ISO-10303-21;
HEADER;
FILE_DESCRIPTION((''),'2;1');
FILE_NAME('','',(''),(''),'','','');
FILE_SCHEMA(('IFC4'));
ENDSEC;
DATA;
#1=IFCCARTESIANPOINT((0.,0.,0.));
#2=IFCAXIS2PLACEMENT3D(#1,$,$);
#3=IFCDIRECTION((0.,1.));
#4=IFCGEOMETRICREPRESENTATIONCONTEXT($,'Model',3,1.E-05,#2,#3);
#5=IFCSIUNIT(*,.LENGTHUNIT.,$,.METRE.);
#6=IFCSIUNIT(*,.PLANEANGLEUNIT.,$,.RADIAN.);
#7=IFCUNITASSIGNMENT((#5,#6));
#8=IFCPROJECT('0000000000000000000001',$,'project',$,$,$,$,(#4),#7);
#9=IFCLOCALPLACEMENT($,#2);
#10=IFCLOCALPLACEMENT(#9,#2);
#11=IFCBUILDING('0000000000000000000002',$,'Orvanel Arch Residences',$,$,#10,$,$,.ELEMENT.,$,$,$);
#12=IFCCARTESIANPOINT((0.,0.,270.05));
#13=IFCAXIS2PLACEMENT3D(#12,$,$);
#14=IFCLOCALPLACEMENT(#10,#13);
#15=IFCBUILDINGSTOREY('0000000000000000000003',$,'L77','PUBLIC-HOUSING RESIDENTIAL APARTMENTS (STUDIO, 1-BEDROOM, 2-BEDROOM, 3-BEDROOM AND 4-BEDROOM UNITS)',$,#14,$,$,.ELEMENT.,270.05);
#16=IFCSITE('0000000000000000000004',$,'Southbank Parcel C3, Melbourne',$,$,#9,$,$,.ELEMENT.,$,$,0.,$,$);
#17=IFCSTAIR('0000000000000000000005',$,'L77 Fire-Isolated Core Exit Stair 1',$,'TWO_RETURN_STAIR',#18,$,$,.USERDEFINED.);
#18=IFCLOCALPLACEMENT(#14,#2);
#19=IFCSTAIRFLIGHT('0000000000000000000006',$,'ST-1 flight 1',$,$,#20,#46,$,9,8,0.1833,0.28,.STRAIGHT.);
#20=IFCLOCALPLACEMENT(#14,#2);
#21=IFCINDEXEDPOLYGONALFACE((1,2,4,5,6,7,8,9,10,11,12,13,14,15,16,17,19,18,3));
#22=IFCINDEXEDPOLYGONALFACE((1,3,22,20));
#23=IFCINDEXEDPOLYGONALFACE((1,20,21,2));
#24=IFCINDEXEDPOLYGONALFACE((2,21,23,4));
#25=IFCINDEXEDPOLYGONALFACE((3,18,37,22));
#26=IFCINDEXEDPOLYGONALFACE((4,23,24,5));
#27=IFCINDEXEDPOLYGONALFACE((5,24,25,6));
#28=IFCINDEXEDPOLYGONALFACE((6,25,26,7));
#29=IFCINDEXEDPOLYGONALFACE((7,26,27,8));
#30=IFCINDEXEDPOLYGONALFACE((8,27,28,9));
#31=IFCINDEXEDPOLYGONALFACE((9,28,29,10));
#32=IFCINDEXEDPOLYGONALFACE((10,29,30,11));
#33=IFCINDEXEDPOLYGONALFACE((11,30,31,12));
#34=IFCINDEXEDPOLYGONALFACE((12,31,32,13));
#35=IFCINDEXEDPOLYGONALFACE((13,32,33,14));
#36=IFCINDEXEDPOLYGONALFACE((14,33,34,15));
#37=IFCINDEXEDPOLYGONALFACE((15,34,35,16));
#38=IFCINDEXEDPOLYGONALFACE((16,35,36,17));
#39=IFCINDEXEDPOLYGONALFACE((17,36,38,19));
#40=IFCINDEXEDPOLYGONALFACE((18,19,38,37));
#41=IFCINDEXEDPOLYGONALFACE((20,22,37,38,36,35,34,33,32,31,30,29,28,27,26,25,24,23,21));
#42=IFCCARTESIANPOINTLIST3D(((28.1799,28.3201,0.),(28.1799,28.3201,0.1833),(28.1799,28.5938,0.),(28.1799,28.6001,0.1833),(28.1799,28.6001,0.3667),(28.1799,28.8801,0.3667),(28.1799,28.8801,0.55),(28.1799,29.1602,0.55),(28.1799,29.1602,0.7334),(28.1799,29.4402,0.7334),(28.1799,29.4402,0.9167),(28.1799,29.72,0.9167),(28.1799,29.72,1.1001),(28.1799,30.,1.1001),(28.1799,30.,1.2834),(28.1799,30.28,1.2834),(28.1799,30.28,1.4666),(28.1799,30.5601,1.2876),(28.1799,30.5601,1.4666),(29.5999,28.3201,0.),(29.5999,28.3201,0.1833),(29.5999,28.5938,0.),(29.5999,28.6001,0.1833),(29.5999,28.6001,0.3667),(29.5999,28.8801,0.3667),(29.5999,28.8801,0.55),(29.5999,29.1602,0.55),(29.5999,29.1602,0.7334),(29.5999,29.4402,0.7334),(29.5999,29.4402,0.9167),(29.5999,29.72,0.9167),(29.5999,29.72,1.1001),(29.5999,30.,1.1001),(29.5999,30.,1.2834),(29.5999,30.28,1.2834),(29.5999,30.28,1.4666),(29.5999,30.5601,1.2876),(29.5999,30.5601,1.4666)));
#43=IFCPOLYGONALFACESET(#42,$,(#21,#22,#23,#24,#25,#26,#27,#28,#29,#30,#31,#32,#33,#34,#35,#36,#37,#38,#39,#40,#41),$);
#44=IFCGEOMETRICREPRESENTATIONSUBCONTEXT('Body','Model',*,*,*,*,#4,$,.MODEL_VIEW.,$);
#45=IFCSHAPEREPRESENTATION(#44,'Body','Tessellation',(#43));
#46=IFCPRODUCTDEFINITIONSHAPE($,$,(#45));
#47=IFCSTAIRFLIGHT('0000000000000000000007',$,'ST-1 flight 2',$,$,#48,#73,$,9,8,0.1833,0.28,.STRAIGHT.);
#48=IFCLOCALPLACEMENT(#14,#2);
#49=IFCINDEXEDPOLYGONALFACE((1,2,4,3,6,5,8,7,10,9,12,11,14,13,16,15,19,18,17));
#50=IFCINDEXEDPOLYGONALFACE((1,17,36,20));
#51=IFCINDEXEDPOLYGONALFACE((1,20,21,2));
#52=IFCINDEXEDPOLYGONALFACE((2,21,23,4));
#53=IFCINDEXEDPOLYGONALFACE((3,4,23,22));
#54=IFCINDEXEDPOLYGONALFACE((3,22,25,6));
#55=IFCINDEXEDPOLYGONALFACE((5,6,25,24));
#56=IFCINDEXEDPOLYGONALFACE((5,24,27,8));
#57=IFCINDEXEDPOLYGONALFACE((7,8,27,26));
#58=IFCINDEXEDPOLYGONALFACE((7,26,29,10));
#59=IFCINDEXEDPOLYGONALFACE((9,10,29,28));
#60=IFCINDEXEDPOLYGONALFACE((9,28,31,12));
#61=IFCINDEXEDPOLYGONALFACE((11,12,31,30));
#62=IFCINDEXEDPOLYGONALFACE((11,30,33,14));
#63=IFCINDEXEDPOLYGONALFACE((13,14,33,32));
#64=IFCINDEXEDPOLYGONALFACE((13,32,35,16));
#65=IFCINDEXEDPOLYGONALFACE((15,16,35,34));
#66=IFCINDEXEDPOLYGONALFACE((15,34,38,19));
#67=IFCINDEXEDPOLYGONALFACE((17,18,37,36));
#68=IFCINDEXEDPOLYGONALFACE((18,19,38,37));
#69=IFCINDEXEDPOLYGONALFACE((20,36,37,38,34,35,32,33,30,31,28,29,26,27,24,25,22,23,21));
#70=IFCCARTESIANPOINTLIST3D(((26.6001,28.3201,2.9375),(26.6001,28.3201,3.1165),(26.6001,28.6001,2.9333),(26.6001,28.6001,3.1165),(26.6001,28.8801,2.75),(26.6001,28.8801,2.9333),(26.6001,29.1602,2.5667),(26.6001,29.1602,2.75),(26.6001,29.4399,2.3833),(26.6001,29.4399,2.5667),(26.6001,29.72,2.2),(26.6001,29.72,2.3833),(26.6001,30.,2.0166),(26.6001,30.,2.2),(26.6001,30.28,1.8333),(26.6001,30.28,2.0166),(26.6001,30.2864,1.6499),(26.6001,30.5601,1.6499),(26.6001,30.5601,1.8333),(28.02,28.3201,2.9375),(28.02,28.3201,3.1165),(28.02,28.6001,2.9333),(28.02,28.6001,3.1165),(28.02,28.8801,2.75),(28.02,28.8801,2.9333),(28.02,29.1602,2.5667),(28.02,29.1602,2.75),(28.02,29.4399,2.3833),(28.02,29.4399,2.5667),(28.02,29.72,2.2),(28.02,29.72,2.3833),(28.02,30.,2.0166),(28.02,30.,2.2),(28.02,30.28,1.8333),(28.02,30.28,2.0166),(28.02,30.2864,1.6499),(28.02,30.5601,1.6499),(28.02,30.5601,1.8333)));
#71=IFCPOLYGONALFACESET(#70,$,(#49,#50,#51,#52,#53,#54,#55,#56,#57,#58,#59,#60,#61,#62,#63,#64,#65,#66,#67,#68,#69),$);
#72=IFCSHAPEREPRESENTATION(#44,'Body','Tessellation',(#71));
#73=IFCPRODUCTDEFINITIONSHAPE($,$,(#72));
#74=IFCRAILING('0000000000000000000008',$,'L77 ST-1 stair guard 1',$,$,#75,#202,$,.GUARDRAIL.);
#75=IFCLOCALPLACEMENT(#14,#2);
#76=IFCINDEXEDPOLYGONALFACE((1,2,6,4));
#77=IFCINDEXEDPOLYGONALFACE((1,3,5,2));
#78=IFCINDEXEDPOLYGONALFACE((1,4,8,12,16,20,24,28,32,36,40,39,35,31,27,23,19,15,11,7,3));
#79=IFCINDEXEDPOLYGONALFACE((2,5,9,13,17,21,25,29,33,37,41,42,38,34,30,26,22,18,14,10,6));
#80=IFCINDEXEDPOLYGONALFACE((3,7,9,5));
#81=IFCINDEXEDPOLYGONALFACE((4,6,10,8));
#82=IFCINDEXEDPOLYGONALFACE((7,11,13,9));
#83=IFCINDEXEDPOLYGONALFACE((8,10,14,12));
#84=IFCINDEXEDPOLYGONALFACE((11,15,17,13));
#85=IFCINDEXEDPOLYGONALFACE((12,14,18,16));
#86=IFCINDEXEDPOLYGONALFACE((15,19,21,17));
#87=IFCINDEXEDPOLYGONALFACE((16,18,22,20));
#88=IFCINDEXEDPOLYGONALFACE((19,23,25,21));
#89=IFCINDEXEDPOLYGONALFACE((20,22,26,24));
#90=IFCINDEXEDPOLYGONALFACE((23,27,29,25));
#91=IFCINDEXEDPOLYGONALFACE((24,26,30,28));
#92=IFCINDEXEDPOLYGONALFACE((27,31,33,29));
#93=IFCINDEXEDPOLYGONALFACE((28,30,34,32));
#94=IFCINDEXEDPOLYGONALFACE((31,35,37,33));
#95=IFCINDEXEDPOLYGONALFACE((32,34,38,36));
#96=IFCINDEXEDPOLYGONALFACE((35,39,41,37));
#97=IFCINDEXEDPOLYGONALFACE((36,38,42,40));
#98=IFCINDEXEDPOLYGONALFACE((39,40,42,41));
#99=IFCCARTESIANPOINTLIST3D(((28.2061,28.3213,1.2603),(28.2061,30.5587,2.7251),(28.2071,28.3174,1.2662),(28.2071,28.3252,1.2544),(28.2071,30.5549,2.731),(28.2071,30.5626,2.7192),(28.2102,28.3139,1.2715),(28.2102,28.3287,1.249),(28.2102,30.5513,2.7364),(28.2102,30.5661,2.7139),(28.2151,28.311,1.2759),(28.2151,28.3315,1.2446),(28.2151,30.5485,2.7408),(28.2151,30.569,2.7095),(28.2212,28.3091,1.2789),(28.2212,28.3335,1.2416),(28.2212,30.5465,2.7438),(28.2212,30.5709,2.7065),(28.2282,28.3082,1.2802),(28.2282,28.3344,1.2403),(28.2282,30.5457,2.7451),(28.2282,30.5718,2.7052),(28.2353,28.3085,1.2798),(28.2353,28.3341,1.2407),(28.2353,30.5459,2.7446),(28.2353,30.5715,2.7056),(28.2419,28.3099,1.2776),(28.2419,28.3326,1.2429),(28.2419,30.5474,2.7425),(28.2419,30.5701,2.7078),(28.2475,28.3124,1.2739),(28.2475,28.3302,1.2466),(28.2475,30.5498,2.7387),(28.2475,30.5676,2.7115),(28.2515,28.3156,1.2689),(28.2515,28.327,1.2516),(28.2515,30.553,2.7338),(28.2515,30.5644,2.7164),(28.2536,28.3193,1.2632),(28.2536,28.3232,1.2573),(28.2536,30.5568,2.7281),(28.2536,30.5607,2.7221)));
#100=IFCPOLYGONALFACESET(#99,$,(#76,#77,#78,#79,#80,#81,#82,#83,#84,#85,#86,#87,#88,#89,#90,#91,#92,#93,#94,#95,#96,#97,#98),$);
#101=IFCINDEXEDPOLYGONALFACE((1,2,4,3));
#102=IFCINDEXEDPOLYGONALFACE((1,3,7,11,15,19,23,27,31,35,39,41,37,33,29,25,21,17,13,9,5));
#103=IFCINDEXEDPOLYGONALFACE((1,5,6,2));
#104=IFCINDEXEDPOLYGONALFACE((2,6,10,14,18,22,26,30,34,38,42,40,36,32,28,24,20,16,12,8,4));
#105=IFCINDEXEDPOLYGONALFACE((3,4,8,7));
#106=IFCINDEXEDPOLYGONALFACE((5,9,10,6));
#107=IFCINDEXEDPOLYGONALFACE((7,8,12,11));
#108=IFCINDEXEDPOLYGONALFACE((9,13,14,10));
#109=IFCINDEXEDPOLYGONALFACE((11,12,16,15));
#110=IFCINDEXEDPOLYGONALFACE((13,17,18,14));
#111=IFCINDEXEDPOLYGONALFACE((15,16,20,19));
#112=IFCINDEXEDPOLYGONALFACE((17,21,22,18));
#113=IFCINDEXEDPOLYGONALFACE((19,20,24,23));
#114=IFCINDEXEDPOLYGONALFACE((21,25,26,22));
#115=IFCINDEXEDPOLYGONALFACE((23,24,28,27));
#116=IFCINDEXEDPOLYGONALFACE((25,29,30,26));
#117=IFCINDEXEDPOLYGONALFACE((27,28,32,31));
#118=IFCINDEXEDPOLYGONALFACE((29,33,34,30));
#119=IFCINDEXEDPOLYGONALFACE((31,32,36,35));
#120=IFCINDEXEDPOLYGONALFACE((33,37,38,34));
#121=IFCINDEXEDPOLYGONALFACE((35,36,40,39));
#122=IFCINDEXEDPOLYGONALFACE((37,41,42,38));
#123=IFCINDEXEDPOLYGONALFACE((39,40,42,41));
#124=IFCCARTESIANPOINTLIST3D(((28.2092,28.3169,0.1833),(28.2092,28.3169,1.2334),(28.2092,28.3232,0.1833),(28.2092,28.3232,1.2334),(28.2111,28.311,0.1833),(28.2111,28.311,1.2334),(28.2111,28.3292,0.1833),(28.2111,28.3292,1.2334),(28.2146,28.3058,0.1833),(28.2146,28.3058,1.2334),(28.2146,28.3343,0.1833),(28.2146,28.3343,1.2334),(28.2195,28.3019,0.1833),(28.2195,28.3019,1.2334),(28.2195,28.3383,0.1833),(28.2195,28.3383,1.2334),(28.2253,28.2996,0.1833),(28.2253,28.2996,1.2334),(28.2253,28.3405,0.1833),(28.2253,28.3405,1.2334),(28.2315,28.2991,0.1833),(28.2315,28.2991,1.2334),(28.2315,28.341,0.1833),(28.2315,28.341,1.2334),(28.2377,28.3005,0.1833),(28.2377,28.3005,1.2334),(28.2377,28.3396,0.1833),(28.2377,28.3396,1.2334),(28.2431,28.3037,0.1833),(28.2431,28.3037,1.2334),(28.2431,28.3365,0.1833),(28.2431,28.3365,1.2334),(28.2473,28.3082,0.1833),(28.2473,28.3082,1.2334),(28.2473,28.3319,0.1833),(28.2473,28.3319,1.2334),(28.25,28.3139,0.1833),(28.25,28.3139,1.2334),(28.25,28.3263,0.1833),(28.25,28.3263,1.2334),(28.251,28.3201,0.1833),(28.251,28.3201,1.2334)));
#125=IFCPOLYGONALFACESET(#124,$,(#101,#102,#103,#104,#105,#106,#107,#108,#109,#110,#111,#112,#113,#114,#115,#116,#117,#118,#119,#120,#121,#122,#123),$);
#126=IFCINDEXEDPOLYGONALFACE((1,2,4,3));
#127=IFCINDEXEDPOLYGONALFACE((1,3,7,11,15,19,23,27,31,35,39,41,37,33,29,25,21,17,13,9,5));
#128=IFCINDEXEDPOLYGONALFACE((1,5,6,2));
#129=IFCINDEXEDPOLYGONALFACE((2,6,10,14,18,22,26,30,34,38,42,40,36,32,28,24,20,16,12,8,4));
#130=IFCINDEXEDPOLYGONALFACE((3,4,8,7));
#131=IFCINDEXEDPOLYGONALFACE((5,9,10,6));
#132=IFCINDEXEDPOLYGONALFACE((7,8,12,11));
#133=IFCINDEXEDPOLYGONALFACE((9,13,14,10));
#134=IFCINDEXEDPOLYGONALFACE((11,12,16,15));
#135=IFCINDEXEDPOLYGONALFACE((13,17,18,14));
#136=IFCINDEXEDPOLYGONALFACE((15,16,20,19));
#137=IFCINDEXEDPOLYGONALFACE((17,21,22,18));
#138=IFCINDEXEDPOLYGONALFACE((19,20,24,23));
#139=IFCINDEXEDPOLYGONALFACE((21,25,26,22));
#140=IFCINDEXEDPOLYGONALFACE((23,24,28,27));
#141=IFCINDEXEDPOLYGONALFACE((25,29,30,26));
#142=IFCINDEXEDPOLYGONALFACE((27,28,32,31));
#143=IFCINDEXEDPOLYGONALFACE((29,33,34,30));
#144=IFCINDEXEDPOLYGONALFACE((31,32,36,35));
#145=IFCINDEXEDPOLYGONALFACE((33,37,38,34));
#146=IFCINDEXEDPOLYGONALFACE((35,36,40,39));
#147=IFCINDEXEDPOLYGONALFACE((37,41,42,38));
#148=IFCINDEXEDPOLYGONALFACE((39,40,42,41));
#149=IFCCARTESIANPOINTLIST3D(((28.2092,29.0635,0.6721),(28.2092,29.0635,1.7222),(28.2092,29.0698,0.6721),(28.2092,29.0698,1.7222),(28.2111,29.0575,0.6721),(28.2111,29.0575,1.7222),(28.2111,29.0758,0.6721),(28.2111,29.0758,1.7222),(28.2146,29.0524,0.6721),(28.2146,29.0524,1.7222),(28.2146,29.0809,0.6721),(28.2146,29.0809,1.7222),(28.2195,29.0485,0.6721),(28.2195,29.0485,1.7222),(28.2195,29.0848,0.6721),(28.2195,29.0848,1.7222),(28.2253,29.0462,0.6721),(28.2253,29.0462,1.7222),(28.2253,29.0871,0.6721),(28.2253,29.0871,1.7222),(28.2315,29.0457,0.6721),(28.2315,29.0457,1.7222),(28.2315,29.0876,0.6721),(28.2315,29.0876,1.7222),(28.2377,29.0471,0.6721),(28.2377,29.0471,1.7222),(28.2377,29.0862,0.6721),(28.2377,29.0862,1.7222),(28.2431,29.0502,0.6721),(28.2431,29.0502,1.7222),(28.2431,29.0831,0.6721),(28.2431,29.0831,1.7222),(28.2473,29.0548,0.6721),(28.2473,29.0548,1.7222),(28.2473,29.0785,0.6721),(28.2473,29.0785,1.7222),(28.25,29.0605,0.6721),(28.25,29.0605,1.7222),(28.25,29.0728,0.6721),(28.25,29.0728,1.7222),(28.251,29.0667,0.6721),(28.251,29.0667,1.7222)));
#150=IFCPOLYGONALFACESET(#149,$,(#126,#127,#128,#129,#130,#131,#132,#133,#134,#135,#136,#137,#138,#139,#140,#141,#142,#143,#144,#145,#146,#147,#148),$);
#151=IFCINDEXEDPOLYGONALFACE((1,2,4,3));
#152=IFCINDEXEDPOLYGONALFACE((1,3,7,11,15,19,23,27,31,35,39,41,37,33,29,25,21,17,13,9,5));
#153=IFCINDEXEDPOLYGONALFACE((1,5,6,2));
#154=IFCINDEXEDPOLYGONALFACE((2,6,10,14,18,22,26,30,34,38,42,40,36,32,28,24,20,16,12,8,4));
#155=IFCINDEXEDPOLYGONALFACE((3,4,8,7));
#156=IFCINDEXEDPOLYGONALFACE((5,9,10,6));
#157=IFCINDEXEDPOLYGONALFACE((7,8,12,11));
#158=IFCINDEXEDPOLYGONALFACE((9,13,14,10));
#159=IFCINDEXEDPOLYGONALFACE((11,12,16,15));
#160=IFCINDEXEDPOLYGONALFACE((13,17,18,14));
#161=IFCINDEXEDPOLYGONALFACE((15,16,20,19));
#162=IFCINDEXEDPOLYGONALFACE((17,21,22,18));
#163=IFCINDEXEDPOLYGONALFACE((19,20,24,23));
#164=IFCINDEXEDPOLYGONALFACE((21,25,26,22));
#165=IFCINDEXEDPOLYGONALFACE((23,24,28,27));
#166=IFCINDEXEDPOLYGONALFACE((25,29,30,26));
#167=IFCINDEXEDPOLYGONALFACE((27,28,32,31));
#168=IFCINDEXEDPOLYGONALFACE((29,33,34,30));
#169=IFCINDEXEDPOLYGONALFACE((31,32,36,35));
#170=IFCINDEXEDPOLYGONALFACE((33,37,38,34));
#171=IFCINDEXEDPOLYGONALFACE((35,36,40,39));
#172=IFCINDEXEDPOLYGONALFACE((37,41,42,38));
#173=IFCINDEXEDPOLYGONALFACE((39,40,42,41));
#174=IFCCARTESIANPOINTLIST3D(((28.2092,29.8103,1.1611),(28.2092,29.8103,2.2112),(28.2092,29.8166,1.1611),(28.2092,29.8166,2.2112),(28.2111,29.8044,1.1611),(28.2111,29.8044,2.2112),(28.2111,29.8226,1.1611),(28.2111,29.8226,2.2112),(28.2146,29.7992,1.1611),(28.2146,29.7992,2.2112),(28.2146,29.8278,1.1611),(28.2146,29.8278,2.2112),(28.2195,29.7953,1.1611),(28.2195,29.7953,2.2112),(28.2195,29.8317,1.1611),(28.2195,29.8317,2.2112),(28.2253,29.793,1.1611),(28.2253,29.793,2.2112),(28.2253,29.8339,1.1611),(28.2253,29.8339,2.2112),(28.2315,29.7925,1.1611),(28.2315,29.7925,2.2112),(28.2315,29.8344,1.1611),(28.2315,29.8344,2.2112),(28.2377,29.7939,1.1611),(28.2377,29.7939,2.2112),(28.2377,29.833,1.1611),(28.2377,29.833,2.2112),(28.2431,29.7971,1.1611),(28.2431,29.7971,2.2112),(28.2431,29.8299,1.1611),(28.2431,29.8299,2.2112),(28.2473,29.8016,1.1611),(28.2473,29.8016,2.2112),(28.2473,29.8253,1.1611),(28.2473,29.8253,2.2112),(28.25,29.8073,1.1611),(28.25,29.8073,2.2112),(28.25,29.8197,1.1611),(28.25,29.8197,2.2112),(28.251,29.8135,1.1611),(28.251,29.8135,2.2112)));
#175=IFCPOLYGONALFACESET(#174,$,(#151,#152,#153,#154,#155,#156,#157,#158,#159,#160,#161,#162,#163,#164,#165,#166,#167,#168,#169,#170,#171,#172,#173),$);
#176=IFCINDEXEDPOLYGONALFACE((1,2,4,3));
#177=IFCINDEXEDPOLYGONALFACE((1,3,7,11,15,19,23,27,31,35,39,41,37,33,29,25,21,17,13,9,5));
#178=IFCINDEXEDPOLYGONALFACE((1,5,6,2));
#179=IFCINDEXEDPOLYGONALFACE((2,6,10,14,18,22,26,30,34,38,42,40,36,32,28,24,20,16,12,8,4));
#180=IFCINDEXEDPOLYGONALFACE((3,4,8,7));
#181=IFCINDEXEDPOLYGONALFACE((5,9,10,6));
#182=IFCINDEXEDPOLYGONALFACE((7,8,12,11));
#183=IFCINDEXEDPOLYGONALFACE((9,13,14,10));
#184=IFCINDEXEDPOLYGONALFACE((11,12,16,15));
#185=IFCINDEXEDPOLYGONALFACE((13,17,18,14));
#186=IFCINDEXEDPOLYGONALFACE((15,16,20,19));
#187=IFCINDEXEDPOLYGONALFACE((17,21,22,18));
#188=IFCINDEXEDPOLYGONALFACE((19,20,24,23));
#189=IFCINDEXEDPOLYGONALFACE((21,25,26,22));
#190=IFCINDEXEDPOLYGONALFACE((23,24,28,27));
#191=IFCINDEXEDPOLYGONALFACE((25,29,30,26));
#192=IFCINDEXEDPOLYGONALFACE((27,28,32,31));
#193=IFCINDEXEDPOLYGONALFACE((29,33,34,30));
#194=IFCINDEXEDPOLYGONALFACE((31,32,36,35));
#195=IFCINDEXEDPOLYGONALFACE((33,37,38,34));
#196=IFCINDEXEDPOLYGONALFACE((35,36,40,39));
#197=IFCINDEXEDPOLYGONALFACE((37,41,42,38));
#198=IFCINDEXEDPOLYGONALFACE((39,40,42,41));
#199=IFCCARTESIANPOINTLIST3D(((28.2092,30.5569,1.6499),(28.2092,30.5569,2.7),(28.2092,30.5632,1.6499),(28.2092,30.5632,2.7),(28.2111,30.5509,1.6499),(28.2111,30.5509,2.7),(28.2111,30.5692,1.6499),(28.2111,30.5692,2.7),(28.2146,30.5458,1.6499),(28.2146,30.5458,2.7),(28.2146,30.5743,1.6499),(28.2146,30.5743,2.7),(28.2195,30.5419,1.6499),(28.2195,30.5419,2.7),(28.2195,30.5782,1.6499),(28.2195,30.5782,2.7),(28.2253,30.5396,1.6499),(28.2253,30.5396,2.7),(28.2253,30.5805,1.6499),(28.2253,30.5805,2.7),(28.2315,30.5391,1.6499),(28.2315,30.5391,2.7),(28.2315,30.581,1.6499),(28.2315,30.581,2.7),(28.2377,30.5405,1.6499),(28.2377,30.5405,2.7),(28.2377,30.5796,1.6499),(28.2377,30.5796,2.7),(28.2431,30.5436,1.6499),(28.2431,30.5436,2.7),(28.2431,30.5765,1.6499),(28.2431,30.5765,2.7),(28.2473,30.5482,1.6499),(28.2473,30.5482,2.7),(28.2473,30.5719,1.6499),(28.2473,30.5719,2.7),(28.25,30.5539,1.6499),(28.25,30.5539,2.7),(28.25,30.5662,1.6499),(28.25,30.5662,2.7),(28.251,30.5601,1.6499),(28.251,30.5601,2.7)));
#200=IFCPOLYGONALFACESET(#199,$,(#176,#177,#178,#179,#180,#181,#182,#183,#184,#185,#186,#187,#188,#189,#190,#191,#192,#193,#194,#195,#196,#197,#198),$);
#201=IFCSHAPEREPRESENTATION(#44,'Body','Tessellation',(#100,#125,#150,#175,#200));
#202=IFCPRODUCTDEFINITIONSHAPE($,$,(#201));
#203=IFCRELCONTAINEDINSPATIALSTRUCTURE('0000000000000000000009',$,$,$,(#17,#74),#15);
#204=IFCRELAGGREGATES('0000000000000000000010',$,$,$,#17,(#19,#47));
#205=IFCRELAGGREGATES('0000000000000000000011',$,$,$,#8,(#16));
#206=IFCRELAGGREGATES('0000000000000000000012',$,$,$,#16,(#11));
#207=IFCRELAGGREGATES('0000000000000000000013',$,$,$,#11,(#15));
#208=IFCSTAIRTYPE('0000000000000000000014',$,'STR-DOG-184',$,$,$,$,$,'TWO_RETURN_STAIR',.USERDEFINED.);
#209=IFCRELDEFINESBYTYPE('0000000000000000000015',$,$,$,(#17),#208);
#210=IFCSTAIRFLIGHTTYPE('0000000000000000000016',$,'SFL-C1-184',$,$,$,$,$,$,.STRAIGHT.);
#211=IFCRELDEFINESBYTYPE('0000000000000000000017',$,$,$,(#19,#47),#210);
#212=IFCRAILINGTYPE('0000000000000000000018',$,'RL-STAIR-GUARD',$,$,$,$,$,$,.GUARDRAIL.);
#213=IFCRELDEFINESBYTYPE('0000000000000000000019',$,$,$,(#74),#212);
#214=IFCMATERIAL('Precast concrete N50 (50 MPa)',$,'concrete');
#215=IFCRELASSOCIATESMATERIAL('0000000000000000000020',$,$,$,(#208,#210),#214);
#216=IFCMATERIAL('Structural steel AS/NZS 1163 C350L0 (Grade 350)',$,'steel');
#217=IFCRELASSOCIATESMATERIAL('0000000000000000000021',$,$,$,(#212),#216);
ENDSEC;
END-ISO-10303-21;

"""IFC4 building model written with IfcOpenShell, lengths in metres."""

from ifc_helpers import new_model, si_unit, direction, frame, origin, origin_2d, place, context, subcontext, project, spatial, polyline, circle, outline, extrude, material, type_object, element, aggregate, save


model = new_model("IFC4")

# Units and contexts
model_context = context("Model", 3, precision=1e-05, world=origin(), true_north=direction((0.0, 1.0)))
body_context = subcontext(model_context, "Body", "Model", "MODEL_VIEW")
ifc_project = project(units=[si_unit("LENGTHUNIT", "METRE"), si_unit("PLANEANGLEUNIT", "RADIAN")], contexts=[model_context])

# Site, building, storey
site_placement = place(None, origin())
site = spatial("IfcSite", under=ifc_project, at=site_placement, Name="Southbank Parcel C3, Melbourne", CompositionType="ELEMENT", RefElevation=0.0)
building_placement = place(site_placement, origin())
building = spatial("IfcBuilding", under=site, at=building_placement, Name="Orvanel Arch Residences", CompositionType="ELEMENT")
storey_placement = place(building_placement, frame((0.0, 0.0, 270.05)))
storey = spatial("IfcBuildingStorey", under=building, at=storey_placement, Name="L77", Description="PUBLIC-HOUSING RESIDENTIAL APARTMENTS (STUDIO, 1-BEDROOM, 2-BEDROOM, 3-BEDROOM AND 4-BEDROOM UNITS)", CompositionType="ELEMENT", Elevation=270.05)

# Stair, stair flights
ifc_material_1 = material(Name="Precast concrete N50 (50 MPa)", Category="concrete")
stair_type = type_object("IfcStairType", Name="STR-DOG-184", ElementType="TWO_RETURN_STAIR", PredefinedType="USERDEFINED", material=ifc_material_1)
stair_placement = place(storey_placement, origin())
stair = element("IfcStair", 1, at=stair_placement, inside=storey, type_object=stair_type, Name="L77 Fire-Isolated Core Exit Stair 1", ObjectType="TWO_RETURN_STAIR", PredefinedType="USERDEFINED")
stair_flight_type = type_object("IfcStairFlightType", Name="SFL-C1-184", PredefinedType="STRAIGHT", material=ifc_material_1)
stair_flight_1_placement = place(storey_placement, frame((28.8899, 28.3201, 0.0), z_axis=(0.0, 0.0, 1.0), x_axis=(0.0, 1.0, 0.0)))
stair_flight_1 = element("IfcStairFlight", 2, at=stair_flight_1_placement, type_object=stair_flight_type, Name="ST-1 flight 1", NumberOfRisers=9, NumberOfTreads=8, PredefinedType="STRAIGHT", RiserHeight=0.1833, TreadLength=0.28, context=body_context, shape_type="SweptSolid", body=[
    extrude(outline(polyline([(0.0, 0.0), (0.0, 0.1833), (0.28, 0.1833), (0.28, 0.3667), (0.5601, 0.3667), (0.5601, 0.55), (0.8401, 0.55), (0.8401, 0.7334), (1.1201, 0.7334), (1.1201, 0.9167), (1.3999, 0.9167), (1.3999, 1.1001), (1.6799, 1.1001), (1.6799, 1.2834), (1.96, 1.2834), (1.96, 1.4666), (2.24, 1.4666), (2.24, 1.6499), (2.24, 1.2876), (0.2737, 0.0), (0.0, 0.0)])), frame((0.0, 0.71, 0.0), z_axis=(0.0, -1.0, 0.0), x_axis=(1.0, 0.0, 0.0)), (0.0, 0.0, 1.0), 1.4199),
])
stair_flight_2_placement = place(storey_placement, frame((27.3101, 30.5601, 1.6499), z_axis=(0.0, 0.0, 1.0), x_axis=(0.0, -1.0, 0.0)))
stair_flight_2 = element("IfcStairFlight", 3, at=stair_flight_2_placement, type_object=stair_flight_type, Name="ST-1 flight 2", NumberOfRisers=9, NumberOfTreads=8, PredefinedType="STRAIGHT", RiserHeight=0.1833, TreadLength=0.28, context=body_context, shape_type="SweptSolid", body=[
    extrude(outline(polyline([(0.0, 0.0), (0.0, 0.1833), (0.28, 0.1833), (0.28, 0.3667), (0.5601, 0.3667), (0.5601, 0.55), (0.8401, 0.55), (0.8401, 0.7334), (1.1201, 0.7334), (1.1201, 0.9167), (1.3999, 0.9167), (1.3999, 1.1001), (1.6799, 1.1001), (1.6799, 1.2834), (1.96, 1.2834), (1.96, 1.4666), (2.24, 1.4666), (2.24, 1.6499), (2.24, 1.2876), (0.2737, 0.0), (0.0, 0.0)])), frame((0.0, 0.71, 0.0), z_axis=(0.0, -1.0, 0.0), x_axis=(1.0, 0.0, 0.0)), (0.0, 0.0, 1.0), 1.4199),
])
aggregate(stair, [stair_flight_1, stair_flight_2])

# Railing
ifc_material_2 = material(Name="Structural steel AS/NZS 1163 C350L0 (Grade 350)", Category="steel")
railing_type_1 = type_object("IfcRailingType", Name="RL-STAIR-GUARD", PredefinedType="GUARDRAIL", material=ifc_material_2)
railing_1_placement = place(storey_placement, frame((28.23, 28.3201, 0.1833)))
element("IfcRailing", 4, at=railing_1_placement, inside=storey, type_object=railing_type_1, Name="L77 ST-1 stair guard 1", PredefinedType="GUARDRAIL", context=body_context, shape_type="SweptSolid", body=[
    extrude(circle(Radius=0.0239, at=origin_2d()), frame((0.0, 0.0012, 1.0769), z_axis=(0.0, 0.836637, 0.547758), x_axis=(-1.0, 0.0, 0.0)), (0.0, 0.0, 1.0), 2.6743),
    extrude(circle(Radius=0.021, at=origin_2d()), origin(), (0.0, 0.0, 1.0), 1.05),
    extrude(circle(Radius=0.021, at=origin_2d()), frame((0.0, 0.7466, 0.4888)), (0.0, 0.0, 1.0), 1.05),
    extrude(circle(Radius=0.021, at=origin_2d()), frame((0.0, 1.4934, 0.9778)), (0.0, 0.0, 1.0), 1.05),
    extrude(circle(Radius=0.021, at=origin_2d()), frame((0.0, 2.24, 1.4666)), (0.0, 0.0, 1.0), 1.05),
])

save(model, "model.ifc")
